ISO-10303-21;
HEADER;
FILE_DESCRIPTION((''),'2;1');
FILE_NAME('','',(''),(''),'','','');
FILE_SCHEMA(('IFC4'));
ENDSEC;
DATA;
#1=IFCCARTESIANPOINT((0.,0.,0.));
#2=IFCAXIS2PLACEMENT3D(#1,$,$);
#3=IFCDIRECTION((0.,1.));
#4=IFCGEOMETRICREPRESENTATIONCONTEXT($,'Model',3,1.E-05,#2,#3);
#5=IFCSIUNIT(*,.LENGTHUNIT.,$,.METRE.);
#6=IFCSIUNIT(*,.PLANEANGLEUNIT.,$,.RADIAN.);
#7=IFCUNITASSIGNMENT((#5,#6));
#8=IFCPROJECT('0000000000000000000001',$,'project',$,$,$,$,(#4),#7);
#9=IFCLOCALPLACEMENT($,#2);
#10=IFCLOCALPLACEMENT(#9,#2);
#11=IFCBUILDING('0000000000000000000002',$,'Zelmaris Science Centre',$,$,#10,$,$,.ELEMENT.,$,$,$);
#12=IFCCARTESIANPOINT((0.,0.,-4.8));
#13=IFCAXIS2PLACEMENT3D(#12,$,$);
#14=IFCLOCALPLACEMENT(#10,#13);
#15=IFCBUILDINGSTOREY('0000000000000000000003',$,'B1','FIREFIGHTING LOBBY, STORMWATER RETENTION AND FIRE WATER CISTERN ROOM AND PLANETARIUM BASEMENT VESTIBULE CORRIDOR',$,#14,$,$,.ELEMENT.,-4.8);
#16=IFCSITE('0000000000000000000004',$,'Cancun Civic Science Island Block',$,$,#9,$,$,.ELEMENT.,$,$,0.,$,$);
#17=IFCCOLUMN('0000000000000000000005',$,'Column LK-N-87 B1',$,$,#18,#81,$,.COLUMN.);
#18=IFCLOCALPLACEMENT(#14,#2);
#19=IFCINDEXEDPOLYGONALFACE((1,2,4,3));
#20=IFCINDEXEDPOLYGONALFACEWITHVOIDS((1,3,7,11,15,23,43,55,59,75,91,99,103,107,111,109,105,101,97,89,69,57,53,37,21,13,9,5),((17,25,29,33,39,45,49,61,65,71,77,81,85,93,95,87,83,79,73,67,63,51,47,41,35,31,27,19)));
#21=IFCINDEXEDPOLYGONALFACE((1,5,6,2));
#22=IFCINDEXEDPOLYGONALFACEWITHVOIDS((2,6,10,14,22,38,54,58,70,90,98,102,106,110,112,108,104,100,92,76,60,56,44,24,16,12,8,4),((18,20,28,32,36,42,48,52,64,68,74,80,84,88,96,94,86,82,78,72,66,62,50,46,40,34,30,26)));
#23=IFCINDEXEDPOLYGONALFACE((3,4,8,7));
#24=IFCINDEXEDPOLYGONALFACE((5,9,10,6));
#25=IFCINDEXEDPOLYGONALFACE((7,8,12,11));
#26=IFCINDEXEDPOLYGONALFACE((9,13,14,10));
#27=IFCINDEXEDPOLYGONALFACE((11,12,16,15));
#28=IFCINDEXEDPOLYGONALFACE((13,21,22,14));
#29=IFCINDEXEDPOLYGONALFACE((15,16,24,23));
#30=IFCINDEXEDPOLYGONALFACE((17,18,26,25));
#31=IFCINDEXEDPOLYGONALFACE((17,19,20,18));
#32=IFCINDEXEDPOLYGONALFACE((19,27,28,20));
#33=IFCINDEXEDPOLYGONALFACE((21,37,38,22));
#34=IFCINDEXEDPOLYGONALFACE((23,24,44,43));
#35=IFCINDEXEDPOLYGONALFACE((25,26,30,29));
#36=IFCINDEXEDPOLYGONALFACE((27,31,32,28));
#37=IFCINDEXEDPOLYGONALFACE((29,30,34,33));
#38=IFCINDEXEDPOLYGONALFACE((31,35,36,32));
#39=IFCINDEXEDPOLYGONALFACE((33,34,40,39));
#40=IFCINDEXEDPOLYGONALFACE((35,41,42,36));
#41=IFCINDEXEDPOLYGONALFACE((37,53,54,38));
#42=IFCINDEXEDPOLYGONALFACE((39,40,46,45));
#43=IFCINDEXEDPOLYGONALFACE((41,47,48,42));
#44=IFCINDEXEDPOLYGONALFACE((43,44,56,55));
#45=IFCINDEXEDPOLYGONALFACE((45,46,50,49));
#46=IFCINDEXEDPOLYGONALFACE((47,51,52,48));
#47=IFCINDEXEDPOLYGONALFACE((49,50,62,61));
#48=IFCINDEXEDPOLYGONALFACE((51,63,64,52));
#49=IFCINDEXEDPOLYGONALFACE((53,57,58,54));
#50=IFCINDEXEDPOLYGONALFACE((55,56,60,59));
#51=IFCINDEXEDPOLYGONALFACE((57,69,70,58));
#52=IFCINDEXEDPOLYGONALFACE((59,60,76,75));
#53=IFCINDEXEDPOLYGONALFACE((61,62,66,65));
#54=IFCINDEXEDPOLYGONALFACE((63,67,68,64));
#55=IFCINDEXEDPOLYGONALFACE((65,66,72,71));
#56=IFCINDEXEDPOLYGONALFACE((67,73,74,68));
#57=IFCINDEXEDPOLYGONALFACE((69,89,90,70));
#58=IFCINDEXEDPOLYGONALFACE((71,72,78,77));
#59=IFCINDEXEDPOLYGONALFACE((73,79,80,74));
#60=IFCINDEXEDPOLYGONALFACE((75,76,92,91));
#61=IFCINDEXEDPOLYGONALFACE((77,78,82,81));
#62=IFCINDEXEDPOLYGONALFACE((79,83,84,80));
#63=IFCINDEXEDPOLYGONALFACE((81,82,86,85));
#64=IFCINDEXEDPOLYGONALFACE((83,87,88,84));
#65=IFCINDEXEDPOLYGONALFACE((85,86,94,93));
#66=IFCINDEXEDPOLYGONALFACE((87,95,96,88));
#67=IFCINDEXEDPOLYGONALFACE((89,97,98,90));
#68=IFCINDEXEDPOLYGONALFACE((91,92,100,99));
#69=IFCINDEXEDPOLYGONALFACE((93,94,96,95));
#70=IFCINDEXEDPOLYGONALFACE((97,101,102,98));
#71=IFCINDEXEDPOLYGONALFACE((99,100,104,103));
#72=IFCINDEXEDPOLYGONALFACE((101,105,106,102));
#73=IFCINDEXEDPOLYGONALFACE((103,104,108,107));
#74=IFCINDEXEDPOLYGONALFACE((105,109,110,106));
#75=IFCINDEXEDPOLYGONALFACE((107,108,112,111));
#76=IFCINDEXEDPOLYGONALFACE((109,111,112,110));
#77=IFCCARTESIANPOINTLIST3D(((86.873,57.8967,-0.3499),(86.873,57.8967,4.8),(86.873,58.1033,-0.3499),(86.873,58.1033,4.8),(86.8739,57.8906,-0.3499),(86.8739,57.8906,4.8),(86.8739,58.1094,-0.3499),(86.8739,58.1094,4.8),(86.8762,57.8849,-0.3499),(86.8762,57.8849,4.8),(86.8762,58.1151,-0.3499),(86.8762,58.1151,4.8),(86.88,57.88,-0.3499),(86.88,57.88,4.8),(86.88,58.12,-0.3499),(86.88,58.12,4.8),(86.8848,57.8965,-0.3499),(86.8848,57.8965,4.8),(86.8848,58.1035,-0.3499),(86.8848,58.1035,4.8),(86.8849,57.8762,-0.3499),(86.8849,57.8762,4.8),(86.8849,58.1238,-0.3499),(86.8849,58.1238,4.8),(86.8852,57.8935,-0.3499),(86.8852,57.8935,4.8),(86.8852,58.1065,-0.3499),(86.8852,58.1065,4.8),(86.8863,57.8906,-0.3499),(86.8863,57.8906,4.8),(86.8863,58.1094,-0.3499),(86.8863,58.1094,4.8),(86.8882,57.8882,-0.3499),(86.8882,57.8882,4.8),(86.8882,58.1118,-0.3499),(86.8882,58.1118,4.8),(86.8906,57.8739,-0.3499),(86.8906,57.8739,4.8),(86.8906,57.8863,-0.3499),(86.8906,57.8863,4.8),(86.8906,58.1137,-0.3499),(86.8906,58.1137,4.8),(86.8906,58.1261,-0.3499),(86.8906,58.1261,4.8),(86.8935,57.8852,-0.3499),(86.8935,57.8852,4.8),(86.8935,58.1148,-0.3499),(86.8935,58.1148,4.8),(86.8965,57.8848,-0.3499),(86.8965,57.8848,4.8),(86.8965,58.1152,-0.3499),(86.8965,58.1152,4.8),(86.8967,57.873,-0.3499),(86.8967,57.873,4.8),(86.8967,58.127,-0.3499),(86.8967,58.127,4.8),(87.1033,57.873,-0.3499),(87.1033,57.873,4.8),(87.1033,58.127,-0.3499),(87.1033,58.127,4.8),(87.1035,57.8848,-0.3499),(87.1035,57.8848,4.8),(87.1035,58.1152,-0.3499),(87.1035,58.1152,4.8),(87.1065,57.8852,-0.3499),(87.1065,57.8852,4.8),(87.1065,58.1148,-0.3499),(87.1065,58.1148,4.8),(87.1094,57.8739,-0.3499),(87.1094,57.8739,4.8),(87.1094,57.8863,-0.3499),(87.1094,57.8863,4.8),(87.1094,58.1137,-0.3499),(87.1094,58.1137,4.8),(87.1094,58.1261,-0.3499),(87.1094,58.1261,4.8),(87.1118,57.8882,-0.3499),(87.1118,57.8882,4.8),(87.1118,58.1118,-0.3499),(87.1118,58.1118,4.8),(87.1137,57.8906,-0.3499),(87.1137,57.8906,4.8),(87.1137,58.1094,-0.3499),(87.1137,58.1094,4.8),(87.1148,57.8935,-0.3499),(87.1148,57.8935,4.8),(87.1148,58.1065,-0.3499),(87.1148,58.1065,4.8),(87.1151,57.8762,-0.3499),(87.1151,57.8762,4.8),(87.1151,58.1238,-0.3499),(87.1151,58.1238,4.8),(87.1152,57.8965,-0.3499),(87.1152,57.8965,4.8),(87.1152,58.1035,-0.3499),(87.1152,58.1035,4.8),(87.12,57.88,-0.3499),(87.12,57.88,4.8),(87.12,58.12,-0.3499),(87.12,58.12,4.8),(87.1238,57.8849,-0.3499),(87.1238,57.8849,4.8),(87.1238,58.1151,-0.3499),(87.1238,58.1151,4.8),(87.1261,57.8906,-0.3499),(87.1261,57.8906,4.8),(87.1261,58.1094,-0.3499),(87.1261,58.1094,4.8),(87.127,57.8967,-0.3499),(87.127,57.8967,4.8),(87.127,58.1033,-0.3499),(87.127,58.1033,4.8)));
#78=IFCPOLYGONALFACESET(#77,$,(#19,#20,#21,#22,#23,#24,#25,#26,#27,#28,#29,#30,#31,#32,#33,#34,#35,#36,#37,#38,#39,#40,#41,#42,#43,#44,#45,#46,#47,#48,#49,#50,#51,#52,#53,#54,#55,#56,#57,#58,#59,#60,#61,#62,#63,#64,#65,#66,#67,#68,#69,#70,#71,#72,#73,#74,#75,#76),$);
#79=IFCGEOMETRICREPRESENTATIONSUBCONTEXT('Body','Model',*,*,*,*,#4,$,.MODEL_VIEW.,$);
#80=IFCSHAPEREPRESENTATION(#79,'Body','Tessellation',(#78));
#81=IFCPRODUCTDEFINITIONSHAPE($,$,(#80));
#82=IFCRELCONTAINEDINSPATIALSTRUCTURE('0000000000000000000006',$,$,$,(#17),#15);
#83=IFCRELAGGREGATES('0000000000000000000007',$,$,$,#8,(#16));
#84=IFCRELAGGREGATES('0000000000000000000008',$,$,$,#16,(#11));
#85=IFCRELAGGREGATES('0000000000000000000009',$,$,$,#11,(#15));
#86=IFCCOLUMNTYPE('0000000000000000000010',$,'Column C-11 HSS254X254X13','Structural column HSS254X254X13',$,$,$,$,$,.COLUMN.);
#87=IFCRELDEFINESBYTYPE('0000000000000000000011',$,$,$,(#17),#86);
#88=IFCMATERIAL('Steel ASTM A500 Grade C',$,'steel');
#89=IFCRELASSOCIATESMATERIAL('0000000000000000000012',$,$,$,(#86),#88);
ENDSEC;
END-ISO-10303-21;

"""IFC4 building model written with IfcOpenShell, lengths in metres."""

from ifc_helpers import new_model, si_unit, direction, frame, origin, origin_2d, place, context, subcontext, project, spatial, hollow_rectangle, extrude, material, material_profile, profile_set, type_object, element, save


model = new_model("IFC4")

# Units and contexts
model_context = context("Model", 3, precision=1e-05, world=origin(), true_north=direction((0.0, 1.0)))
body_context = subcontext(model_context, "Body", "Model", "MODEL_VIEW")
ifc_project = project(units=[si_unit("LENGTHUNIT", "METRE"), si_unit("PLANEANGLEUNIT", "RADIAN")], contexts=[model_context])

# Site, building, storey
site_placement = place(None, origin())
site = spatial("IfcSite", under=ifc_project, at=site_placement, Name="Cancun Civic Science Island Block", CompositionType="ELEMENT", RefElevation=0.0)
building_placement = place(site_placement, origin())
building = spatial("IfcBuilding", under=site, at=building_placement, Name="Zelmaris Science Centre", CompositionType="ELEMENT")
storey_placement = place(building_placement, frame((0.0, 0.0, -4.8)))
storey = spatial("IfcBuildingStorey", under=building, at=storey_placement, Name="B1", Description="FIREFIGHTING LOBBY, STORMWATER RETENTION AND FIRE WATER CISTERN ROOM AND PLANETARIUM BASEMENT VESTIBULE CORRIDOR", CompositionType="ELEMENT", Elevation=-4.8)

# Column
ifc_material_1 = material(Name="Steel ASTM A500 Grade C", Category="steel")
ifc_material_profile_1 = material_profile(ifc_material_1, hollow_rectangle(XDim=0.2539, YDim=0.2539, WallThickness=0.0117, InnerFilletRadius=0.0117, OuterFilletRadius=0.0237, at=origin_2d()), Name="HSS254X254X13")
ifc_profile_set_1 = profile_set([ifc_material_profile_1], Name="Steel ASTM A500 Grade C")
column_type_1 = type_object("IfcColumnType", Name="Column C-11 HSS254X254X13", Description="Structural column HSS254X254X13", PredefinedType="COLUMN", material=ifc_profile_set_1)
for number, where, z_axis, x_axis, name in (
    (1, (87.0, 58.0, -0.3499), (0.0, 0.0, 1.0), (1.0, 0.0, 0.0), "Column LK-N-87 B1"),
):
    element("IfcColumn", number, at=place(storey_placement, frame(where, z_axis=z_axis, x_axis=x_axis)), inside=storey, type_object=column_type_1, Name=name, PredefinedType="COLUMN", context=body_context, shape_type="SweptSolid", body=[
        extrude(hollow_rectangle(XDim=0.2539, YDim=0.2539, WallThickness=0.0117, InnerFilletRadius=0.0117, OuterFilletRadius=0.0237, at=origin_2d()), origin(), (0.0, 0.0, 1.0), 5.1499),
    ])

save(model, "model.ifc")
